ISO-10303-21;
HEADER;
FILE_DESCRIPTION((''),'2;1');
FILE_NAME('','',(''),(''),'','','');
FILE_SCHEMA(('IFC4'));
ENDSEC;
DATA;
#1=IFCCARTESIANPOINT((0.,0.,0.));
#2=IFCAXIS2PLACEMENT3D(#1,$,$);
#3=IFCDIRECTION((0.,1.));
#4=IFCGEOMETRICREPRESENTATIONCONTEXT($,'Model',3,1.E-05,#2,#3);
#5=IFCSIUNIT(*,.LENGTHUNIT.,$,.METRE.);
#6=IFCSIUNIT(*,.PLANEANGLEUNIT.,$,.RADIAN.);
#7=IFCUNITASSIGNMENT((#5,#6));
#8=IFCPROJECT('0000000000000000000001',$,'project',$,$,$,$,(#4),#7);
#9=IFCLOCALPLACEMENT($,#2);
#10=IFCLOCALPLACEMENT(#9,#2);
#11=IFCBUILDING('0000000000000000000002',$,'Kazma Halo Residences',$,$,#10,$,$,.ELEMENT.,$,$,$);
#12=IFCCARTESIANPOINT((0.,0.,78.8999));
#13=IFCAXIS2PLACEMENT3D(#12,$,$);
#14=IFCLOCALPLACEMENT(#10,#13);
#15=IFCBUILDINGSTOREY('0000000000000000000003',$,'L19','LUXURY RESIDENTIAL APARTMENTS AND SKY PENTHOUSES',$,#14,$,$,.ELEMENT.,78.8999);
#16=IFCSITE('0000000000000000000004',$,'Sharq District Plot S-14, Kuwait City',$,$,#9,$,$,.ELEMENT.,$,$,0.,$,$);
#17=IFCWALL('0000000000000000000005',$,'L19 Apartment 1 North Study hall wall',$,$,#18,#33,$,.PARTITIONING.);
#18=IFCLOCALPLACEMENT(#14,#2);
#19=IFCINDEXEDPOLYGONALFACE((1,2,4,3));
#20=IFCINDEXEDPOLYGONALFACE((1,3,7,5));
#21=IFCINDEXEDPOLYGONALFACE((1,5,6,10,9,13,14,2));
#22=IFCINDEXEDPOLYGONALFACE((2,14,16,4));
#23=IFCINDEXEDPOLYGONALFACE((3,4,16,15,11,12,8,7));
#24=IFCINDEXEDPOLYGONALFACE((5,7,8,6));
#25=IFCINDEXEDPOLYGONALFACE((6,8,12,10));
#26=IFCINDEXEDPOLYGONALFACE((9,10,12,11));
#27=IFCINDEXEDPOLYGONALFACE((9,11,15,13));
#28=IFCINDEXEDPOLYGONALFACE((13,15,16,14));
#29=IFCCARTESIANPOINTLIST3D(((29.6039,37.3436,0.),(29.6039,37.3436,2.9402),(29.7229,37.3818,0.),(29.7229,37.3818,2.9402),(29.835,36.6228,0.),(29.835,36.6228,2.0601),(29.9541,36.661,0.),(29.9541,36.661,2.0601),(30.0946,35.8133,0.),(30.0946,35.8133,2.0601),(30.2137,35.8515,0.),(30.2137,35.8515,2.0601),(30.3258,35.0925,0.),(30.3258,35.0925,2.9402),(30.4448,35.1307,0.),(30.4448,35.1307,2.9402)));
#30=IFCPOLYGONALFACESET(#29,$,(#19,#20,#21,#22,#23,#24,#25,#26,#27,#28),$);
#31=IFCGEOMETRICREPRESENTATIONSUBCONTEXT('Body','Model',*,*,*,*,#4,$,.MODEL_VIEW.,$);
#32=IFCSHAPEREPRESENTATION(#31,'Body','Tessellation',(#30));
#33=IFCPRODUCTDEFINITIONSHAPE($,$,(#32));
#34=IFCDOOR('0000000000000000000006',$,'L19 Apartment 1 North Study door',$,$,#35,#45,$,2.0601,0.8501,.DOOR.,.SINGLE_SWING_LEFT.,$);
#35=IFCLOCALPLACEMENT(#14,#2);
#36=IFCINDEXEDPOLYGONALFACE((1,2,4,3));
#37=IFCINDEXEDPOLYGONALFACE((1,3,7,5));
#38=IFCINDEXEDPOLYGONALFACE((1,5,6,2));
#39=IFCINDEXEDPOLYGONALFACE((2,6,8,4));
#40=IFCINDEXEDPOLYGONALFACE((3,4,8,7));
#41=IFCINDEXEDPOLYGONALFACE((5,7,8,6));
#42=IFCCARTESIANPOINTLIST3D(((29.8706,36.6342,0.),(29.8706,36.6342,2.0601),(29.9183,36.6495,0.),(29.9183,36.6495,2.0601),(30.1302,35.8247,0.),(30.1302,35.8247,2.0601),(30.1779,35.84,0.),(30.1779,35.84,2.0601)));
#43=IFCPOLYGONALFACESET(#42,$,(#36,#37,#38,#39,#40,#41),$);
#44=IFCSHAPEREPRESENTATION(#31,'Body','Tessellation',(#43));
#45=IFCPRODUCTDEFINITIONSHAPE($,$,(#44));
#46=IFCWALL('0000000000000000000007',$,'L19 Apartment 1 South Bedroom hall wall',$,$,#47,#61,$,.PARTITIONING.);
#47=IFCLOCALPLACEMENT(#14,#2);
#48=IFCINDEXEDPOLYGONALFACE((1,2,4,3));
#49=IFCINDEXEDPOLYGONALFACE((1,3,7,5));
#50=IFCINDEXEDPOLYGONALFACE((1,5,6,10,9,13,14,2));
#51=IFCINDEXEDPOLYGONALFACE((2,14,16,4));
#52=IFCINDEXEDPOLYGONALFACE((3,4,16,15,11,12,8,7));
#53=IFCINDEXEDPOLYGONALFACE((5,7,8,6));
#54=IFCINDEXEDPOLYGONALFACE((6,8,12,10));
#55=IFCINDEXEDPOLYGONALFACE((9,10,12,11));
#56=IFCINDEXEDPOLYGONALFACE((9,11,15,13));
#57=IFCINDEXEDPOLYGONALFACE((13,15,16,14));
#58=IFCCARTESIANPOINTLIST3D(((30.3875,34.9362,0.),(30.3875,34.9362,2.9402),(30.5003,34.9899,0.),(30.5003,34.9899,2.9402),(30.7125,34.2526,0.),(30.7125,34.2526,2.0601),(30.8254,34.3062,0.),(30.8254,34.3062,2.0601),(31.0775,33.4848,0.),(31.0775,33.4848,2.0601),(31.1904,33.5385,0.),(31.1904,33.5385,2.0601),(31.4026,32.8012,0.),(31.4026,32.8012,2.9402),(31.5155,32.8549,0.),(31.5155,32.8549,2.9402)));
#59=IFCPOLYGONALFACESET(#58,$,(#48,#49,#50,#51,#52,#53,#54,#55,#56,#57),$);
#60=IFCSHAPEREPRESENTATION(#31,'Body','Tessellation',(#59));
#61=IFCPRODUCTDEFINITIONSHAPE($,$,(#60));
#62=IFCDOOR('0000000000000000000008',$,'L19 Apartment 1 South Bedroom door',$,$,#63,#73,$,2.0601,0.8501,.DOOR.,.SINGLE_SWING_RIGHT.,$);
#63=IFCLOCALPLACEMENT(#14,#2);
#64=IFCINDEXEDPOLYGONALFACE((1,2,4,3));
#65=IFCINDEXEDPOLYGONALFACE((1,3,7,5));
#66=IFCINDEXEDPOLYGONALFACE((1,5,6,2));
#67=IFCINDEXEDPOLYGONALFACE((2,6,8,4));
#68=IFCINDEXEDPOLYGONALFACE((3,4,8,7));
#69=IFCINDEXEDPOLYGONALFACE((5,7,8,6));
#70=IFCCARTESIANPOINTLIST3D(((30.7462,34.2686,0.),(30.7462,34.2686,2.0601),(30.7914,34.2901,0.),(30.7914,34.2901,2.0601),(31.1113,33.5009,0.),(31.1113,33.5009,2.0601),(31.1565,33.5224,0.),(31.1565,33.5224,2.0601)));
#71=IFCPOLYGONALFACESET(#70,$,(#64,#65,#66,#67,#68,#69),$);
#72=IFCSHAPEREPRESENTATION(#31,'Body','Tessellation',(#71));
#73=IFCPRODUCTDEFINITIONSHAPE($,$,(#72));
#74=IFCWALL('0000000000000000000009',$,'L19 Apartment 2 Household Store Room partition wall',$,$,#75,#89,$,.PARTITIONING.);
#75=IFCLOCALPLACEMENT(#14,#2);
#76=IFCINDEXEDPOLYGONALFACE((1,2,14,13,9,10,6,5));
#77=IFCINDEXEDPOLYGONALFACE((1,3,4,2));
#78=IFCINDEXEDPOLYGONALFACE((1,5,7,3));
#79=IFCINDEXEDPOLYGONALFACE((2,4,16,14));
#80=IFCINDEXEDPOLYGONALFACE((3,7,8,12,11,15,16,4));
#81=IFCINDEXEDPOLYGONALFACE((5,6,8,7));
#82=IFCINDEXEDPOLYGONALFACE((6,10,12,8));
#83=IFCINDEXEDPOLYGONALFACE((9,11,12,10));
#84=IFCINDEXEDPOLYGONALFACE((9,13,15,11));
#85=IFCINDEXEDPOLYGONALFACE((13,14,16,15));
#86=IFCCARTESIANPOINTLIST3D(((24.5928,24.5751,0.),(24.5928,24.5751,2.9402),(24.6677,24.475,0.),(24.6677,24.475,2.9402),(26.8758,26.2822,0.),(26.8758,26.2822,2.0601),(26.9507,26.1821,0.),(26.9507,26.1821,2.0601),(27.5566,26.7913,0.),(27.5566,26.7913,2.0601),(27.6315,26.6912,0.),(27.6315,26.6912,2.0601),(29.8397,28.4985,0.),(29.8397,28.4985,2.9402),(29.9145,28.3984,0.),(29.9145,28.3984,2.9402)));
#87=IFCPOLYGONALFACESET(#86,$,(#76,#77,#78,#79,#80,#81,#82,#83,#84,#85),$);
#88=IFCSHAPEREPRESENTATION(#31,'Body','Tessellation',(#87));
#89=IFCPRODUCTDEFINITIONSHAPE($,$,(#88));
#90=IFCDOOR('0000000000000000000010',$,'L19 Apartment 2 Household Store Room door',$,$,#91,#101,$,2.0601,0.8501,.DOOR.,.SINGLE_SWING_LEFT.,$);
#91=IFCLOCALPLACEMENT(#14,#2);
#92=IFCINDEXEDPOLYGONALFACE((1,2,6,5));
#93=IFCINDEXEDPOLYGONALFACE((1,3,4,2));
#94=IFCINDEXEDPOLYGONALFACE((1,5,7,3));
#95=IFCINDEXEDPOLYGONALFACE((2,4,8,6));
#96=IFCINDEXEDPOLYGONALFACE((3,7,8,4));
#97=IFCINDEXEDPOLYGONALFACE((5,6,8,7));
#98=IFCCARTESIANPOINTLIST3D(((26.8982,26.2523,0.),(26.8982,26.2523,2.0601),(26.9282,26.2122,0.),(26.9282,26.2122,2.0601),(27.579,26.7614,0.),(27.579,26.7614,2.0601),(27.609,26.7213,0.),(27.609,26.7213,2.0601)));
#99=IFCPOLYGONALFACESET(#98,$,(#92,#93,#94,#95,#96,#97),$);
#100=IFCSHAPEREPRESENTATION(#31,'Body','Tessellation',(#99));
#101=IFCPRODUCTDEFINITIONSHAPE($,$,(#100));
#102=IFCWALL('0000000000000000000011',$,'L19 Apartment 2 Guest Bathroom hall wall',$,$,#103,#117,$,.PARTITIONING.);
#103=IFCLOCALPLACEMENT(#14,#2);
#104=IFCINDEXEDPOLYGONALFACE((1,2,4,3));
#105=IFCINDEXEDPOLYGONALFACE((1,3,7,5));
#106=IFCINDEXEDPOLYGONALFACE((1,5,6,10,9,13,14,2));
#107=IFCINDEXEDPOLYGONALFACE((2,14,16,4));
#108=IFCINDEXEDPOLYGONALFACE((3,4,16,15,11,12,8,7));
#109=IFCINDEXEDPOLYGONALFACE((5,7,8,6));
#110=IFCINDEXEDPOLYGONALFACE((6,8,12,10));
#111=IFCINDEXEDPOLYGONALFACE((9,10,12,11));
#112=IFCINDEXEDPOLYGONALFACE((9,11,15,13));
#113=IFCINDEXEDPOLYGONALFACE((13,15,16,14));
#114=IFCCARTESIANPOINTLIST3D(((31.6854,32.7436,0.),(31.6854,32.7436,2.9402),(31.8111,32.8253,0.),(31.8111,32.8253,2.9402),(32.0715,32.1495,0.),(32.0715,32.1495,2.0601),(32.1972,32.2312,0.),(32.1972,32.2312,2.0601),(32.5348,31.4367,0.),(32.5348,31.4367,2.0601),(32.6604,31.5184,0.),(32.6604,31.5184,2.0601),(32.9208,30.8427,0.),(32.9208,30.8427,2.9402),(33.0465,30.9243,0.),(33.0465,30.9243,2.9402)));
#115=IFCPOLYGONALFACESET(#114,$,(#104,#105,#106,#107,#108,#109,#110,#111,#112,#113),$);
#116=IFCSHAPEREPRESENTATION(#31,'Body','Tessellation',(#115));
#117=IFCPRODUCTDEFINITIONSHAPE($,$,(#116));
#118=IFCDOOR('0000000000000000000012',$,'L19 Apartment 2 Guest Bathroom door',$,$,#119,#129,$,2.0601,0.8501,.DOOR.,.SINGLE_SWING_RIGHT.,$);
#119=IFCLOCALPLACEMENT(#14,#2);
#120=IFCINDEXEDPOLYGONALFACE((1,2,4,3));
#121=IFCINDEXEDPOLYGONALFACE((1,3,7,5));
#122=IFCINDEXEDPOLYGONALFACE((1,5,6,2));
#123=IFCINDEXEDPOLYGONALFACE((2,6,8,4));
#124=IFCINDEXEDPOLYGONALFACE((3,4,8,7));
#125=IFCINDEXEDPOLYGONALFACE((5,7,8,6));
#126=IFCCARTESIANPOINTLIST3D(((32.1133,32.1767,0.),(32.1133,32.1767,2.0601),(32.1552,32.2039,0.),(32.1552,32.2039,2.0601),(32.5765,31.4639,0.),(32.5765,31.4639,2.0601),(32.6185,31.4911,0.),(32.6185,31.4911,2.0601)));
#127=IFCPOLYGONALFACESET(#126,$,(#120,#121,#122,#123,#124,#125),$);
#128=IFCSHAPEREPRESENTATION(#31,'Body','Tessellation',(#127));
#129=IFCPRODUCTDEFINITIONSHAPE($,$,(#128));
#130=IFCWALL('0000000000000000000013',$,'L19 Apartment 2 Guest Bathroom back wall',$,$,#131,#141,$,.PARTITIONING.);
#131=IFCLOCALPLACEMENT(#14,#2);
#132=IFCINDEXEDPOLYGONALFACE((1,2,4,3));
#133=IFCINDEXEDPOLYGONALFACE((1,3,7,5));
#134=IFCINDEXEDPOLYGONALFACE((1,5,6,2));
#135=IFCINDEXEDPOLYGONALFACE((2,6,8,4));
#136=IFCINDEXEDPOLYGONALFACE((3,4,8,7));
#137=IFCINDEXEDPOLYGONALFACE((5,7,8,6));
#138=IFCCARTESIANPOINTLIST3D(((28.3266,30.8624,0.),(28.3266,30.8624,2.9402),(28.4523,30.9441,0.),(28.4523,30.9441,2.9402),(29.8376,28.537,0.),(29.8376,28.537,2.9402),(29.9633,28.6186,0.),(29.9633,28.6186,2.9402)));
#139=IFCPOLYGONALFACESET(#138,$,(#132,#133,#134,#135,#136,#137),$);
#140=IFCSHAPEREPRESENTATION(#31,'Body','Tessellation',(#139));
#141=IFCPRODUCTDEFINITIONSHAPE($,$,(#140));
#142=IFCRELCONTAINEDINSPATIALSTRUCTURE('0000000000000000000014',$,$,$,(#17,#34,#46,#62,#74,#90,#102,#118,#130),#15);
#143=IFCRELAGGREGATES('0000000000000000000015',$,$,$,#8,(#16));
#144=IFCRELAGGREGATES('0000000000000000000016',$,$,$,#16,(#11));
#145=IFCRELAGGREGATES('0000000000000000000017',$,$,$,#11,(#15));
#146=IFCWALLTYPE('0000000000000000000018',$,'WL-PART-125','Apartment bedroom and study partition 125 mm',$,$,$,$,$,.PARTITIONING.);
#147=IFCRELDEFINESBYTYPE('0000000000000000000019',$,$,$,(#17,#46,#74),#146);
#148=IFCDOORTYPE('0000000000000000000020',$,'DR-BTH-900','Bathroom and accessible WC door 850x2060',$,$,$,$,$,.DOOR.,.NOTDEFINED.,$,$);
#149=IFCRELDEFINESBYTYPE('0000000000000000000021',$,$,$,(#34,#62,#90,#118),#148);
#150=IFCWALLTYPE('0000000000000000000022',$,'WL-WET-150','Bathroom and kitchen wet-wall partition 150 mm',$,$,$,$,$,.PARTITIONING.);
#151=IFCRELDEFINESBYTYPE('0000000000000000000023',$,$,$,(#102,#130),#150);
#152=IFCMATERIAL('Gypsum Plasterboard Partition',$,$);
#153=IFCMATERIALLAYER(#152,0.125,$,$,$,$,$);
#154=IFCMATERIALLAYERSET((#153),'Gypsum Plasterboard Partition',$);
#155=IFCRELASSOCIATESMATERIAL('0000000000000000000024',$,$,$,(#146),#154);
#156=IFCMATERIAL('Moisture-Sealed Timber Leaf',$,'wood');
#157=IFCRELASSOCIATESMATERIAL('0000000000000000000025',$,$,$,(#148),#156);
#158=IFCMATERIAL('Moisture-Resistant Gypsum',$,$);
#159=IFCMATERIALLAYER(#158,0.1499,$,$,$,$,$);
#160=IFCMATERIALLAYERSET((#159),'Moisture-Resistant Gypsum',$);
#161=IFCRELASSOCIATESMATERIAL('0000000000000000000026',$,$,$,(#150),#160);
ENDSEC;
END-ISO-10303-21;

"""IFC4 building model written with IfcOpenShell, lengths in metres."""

from ifc_helpers import new_model, si_unit, direction, frame, frame_2d, origin, place, context, subcontext, project, spatial, rectangle, extrude, material, layer, layer_set, type_object, element, fill, save


model = new_model("IFC4")

# Units and contexts
model_context = context("Model", 3, precision=1e-05, world=origin(), true_north=direction((0.0, 1.0)))
body_context = subcontext(model_context, "Body", "Model", "MODEL_VIEW")
ifc_project = project(units=[si_unit("LENGTHUNIT", "METRE"), si_unit("PLANEANGLEUNIT", "RADIAN")], contexts=[model_context])

# Site, building, storey
site_placement = place(None, origin())
site = spatial("IfcSite", under=ifc_project, at=site_placement, Name="Sharq District Plot S-14, Kuwait City", CompositionType="ELEMENT", RefElevation=0.0)
building_placement = place(site_placement, origin())
building = spatial("IfcBuilding", under=site, at=building_placement, Name="Kazma Halo Residences", CompositionType="ELEMENT")
storey_placement = place(building_placement, frame((0.0, 0.0, 78.8999)))
storey = spatial("IfcBuildingStorey", under=building, at=storey_placement, Name="L19", Description="LUXURY RESIDENTIAL APARTMENTS AND SKY PENTHOUSES", CompositionType="ELEMENT", Elevation=78.8999)

# Shared definitions
ifc_material_1 = material(Name="Gypsum Plasterboard Partition")
ifc_layer_1 = layer(ifc_material_1, 0.125)
ifc_layer_set_1 = layer_set([ifc_layer_1], Name="Gypsum Plasterboard Partition")
wall_type_1 = type_object("IfcWallType", Name="WL-PART-125", Description="Apartment bedroom and study partition 125 mm", PredefinedType="PARTITIONING", material=ifc_layer_set_1)

# Walls, openings, doors
ifc_material_2 = material(Name="Moisture-Sealed Timber Leaf", Category="wood")
door_type = type_object("IfcDoorType", Name="DR-BTH-900", Description="Bathroom and accessible WC door 850x2060", OperationType="NOTDEFINED", PredefinedType="DOOR", material=ifc_material_2)
wall_1_placement = place(storey_placement, frame((29.6633, 37.3628, 0.0), z_axis=(0.0, 0.0, 1.0), x_axis=(0.305394, -0.952226, 0.0)))
wall_1 = element("IfcWall", 1, at=wall_1_placement, inside=storey, type_object=wall_type_1, Name="L19 Apartment 1 North Study hall wall", PredefinedType="PARTITIONING", context=body_context, shape_type="SweptSolid", body=[
    extrude(rectangle(XDim=2.364, YDim=0.125, at=frame_2d((1.1821, 0.0))), origin(), (0.0, 0.0, 1.0), 2.9402),
])
opening_1_placement = place(wall_1_placement, frame((0.7571, 0.0, 0.0)))
opening_1 = element("IfcOpeningElement", 2, at=opening_1_placement, cuts=wall_1, PredefinedType="OPENING", context=body_context, shape_type="SweptSolid", body=[
    extrude(rectangle(XDim=0.8501, YDim=2.0601, at=frame_2d((0.425, 1.03))), frame((0.0, 0.0725, 0.0), z_axis=(0.0, -1.0, 0.0), x_axis=(1.0, 0.0, 0.0)), (0.0, 0.0, 1.0), 0.145),
])
door_1_placement = place(opening_1_placement, origin())
door_1 = element("IfcDoor", 3, at=door_1_placement, inside=storey, type_object=door_type, Name="L19 Apartment 1 North Study door", OperationType="SINGLE_SWING_LEFT", OverallHeight=2.0601, OverallWidth=0.8501, PredefinedType="DOOR", context=body_context, shape_type="SweptSolid", body=[
    extrude(rectangle(XDim=0.8501, YDim=2.0601, at=frame_2d((0.425, 1.03))), frame((0.0, 0.0249, 0.0), z_axis=(0.0, -1.0, 0.0), x_axis=(1.0, 0.0, 0.0)), (0.0, 0.0, 1.0), 0.05),
])
fill(opening_1, door_1)
wall_2_placement = place(storey_placement, frame((30.4438, 34.9631, 0.0), z_axis=(0.0, 0.0, 1.0), x_axis=(0.429404, -0.903112, 0.0)))
wall_2 = element("IfcWall", 4, at=wall_2_placement, inside=storey, type_object=wall_type_1, Name="L19 Apartment 1 South Bedroom hall wall", PredefinedType="PARTITIONING", context=body_context, shape_type="SweptSolid", body=[
    extrude(rectangle(XDim=2.364, YDim=0.125, at=frame_2d((1.1821, 0.0))), origin(), (0.0, 0.0, 1.0), 2.9402),
])
opening_2_placement = place(wall_2_placement, frame((0.7571, 0.0, 0.0)))
opening_2 = element("IfcOpeningElement", 5, at=opening_2_placement, cuts=wall_2, PredefinedType="OPENING", context=body_context, shape_type="SweptSolid", body=[
    extrude(rectangle(XDim=0.8501, YDim=2.0601, at=frame_2d((0.425, 1.03))), frame((0.0, 0.0725, 0.0), z_axis=(0.0, -1.0, 0.0), x_axis=(1.0, 0.0, 0.0)), (0.0, 0.0, 1.0), 0.145),
])
door_2_placement = place(opening_2_placement, origin())
door_2 = element("IfcDoor", 6, at=door_2_placement, inside=storey, type_object=door_type, Name="L19 Apartment 1 South Bedroom door", OperationType="SINGLE_SWING_RIGHT", OverallHeight=2.0601, OverallWidth=0.8501, PredefinedType="DOOR", context=body_context, shape_type="SweptSolid", body=[
    extrude(rectangle(XDim=0.8501, YDim=2.0601, at=frame_2d((0.425, 1.03))), frame((0.0, 0.0249, 0.0), z_axis=(0.0, -1.0, 0.0), x_axis=(1.0, 0.0, 0.0)), (0.0, 0.0, 1.0), 0.05),
])
fill(opening_2, door_2)
wall_3_placement = place(storey_placement, frame((29.8772, 28.4485, 0.0), z_axis=(0.0, 0.0, 1.0), x_axis=(-0.800862, -0.598849, 0.0)))
wall_3 = element("IfcWall", 7, at=wall_3_placement, inside=storey, type_object=wall_type_1, Name="L19 Apartment 2 Household Store Room partition wall", PredefinedType="PARTITIONING", context=body_context, shape_type="SweptSolid", body=[
    extrude(rectangle(XDim=6.5515, YDim=0.125, at=frame_2d((3.2759, 0.0))), origin(), (0.0, 0.0, 1.0), 2.9402),
])
opening_3_placement = place(wall_3_placement, frame((2.8508, 0.0, 0.0)))
opening_3 = element("IfcOpeningElement", 8, at=opening_3_placement, cuts=wall_3, PredefinedType="OPENING", context=body_context, shape_type="SweptSolid", body=[
    extrude(rectangle(XDim=0.8501, YDim=2.0601, at=frame_2d((0.425, 1.03))), frame((0.0, 0.0725, 0.0), z_axis=(0.0, -1.0, 0.0), x_axis=(1.0, 0.0, 0.0)), (0.0, 0.0, 1.0), 0.145),
])
door_3_placement = place(opening_3_placement, origin())
door_3 = element("IfcDoor", 9, at=door_3_placement, inside=storey, type_object=door_type, Name="L19 Apartment 2 Household Store Room door", OperationType="SINGLE_SWING_LEFT", OverallHeight=2.0601, OverallWidth=0.8501, PredefinedType="DOOR", context=body_context, shape_type="SweptSolid", body=[
    extrude(rectangle(XDim=0.8501, YDim=2.0601, at=frame_2d((0.425, 1.03))), frame((0.0, 0.0249, 0.0), z_axis=(0.0, -1.0, 0.0), x_axis=(1.0, 0.0, 0.0)), (0.0, 0.0, 1.0), 0.05),
])
fill(opening_3, door_3)
ifc_material_3 = material(Name="Moisture-Resistant Gypsum")
ifc_layer_2 = layer(ifc_material_3, 0.1499)
ifc_layer_set_2 = layer_set([ifc_layer_2], Name="Moisture-Resistant Gypsum")
wall_type_2 = type_object("IfcWallType", Name="WL-WET-150", Description="Bathroom and kitchen wet-wall partition 150 mm", PredefinedType="PARTITIONING", material=ifc_layer_set_2)
wall_4_placement = place(storey_placement, frame((31.7483, 32.7844, 0.0), z_axis=(0.0, 0.0, 1.0), x_axis=(0.54492, -0.838488, 0.0)))
wall_4 = element("IfcWall", 10, at=wall_4_placement, inside=storey, type_object=wall_type_2, Name="L19 Apartment 2 Guest Bathroom hall wall", PredefinedType="PARTITIONING", context=body_context, shape_type="SweptSolid", body=[
    extrude(rectangle(XDim=2.2671, YDim=0.1499, at=frame_2d((1.1335, 0.0))), origin(), (0.0, 0.0, 1.0), 2.9402),
])
opening_4_placement = place(wall_4_placement, frame((0.7085, 0.0, 0.0)))
opening_4 = element("IfcOpeningElement", 11, at=opening_4_placement, cuts=wall_4, PredefinedType="OPENING", context=body_context, shape_type="SweptSolid", body=[
    extrude(rectangle(XDim=0.8501, YDim=2.0601, at=frame_2d((0.425, 1.03))), frame((0.0, 0.085, 0.0), z_axis=(0.0, -1.0, 0.0), x_axis=(1.0, 0.0, 0.0)), (0.0, 0.0, 1.0), 0.1699),
])
door_4_placement = place(opening_4_placement, origin())
door_4 = element("IfcDoor", 12, at=door_4_placement, inside=storey, type_object=door_type, Name="L19 Apartment 2 Guest Bathroom door", OperationType="SINGLE_SWING_RIGHT", OverallHeight=2.0601, OverallWidth=0.8501, PredefinedType="DOOR", context=body_context, shape_type="SweptSolid", body=[
    extrude(rectangle(XDim=0.8501, YDim=2.0601, at=frame_2d((0.425, 1.03))), frame((0.0, 0.0249, 0.0), z_axis=(0.0, -1.0, 0.0), x_axis=(1.0, 0.0, 0.0)), (0.0, 0.0, 1.0), 0.05),
])
fill(opening_4, door_4)

# Wall
wall_5_placement = place(storey_placement, frame((28.3894, 30.9033, 0.0), z_axis=(0.0, 0.0, 1.0), x_axis=(0.544849, -0.838534, 0.0)))
element("IfcWall", 13, at=wall_5_placement, inside=storey, type_object=wall_type_2, Name="L19 Apartment 2 Guest Bathroom back wall", PredefinedType="PARTITIONING", context=body_context, shape_type="SweptSolid", body=[
    extrude(rectangle(XDim=2.7732, YDim=0.1499, at=frame_2d((1.3867, 0.0))), origin(), (0.0, 0.0, 1.0), 2.9402),
])

save(model, "model.ifc")
